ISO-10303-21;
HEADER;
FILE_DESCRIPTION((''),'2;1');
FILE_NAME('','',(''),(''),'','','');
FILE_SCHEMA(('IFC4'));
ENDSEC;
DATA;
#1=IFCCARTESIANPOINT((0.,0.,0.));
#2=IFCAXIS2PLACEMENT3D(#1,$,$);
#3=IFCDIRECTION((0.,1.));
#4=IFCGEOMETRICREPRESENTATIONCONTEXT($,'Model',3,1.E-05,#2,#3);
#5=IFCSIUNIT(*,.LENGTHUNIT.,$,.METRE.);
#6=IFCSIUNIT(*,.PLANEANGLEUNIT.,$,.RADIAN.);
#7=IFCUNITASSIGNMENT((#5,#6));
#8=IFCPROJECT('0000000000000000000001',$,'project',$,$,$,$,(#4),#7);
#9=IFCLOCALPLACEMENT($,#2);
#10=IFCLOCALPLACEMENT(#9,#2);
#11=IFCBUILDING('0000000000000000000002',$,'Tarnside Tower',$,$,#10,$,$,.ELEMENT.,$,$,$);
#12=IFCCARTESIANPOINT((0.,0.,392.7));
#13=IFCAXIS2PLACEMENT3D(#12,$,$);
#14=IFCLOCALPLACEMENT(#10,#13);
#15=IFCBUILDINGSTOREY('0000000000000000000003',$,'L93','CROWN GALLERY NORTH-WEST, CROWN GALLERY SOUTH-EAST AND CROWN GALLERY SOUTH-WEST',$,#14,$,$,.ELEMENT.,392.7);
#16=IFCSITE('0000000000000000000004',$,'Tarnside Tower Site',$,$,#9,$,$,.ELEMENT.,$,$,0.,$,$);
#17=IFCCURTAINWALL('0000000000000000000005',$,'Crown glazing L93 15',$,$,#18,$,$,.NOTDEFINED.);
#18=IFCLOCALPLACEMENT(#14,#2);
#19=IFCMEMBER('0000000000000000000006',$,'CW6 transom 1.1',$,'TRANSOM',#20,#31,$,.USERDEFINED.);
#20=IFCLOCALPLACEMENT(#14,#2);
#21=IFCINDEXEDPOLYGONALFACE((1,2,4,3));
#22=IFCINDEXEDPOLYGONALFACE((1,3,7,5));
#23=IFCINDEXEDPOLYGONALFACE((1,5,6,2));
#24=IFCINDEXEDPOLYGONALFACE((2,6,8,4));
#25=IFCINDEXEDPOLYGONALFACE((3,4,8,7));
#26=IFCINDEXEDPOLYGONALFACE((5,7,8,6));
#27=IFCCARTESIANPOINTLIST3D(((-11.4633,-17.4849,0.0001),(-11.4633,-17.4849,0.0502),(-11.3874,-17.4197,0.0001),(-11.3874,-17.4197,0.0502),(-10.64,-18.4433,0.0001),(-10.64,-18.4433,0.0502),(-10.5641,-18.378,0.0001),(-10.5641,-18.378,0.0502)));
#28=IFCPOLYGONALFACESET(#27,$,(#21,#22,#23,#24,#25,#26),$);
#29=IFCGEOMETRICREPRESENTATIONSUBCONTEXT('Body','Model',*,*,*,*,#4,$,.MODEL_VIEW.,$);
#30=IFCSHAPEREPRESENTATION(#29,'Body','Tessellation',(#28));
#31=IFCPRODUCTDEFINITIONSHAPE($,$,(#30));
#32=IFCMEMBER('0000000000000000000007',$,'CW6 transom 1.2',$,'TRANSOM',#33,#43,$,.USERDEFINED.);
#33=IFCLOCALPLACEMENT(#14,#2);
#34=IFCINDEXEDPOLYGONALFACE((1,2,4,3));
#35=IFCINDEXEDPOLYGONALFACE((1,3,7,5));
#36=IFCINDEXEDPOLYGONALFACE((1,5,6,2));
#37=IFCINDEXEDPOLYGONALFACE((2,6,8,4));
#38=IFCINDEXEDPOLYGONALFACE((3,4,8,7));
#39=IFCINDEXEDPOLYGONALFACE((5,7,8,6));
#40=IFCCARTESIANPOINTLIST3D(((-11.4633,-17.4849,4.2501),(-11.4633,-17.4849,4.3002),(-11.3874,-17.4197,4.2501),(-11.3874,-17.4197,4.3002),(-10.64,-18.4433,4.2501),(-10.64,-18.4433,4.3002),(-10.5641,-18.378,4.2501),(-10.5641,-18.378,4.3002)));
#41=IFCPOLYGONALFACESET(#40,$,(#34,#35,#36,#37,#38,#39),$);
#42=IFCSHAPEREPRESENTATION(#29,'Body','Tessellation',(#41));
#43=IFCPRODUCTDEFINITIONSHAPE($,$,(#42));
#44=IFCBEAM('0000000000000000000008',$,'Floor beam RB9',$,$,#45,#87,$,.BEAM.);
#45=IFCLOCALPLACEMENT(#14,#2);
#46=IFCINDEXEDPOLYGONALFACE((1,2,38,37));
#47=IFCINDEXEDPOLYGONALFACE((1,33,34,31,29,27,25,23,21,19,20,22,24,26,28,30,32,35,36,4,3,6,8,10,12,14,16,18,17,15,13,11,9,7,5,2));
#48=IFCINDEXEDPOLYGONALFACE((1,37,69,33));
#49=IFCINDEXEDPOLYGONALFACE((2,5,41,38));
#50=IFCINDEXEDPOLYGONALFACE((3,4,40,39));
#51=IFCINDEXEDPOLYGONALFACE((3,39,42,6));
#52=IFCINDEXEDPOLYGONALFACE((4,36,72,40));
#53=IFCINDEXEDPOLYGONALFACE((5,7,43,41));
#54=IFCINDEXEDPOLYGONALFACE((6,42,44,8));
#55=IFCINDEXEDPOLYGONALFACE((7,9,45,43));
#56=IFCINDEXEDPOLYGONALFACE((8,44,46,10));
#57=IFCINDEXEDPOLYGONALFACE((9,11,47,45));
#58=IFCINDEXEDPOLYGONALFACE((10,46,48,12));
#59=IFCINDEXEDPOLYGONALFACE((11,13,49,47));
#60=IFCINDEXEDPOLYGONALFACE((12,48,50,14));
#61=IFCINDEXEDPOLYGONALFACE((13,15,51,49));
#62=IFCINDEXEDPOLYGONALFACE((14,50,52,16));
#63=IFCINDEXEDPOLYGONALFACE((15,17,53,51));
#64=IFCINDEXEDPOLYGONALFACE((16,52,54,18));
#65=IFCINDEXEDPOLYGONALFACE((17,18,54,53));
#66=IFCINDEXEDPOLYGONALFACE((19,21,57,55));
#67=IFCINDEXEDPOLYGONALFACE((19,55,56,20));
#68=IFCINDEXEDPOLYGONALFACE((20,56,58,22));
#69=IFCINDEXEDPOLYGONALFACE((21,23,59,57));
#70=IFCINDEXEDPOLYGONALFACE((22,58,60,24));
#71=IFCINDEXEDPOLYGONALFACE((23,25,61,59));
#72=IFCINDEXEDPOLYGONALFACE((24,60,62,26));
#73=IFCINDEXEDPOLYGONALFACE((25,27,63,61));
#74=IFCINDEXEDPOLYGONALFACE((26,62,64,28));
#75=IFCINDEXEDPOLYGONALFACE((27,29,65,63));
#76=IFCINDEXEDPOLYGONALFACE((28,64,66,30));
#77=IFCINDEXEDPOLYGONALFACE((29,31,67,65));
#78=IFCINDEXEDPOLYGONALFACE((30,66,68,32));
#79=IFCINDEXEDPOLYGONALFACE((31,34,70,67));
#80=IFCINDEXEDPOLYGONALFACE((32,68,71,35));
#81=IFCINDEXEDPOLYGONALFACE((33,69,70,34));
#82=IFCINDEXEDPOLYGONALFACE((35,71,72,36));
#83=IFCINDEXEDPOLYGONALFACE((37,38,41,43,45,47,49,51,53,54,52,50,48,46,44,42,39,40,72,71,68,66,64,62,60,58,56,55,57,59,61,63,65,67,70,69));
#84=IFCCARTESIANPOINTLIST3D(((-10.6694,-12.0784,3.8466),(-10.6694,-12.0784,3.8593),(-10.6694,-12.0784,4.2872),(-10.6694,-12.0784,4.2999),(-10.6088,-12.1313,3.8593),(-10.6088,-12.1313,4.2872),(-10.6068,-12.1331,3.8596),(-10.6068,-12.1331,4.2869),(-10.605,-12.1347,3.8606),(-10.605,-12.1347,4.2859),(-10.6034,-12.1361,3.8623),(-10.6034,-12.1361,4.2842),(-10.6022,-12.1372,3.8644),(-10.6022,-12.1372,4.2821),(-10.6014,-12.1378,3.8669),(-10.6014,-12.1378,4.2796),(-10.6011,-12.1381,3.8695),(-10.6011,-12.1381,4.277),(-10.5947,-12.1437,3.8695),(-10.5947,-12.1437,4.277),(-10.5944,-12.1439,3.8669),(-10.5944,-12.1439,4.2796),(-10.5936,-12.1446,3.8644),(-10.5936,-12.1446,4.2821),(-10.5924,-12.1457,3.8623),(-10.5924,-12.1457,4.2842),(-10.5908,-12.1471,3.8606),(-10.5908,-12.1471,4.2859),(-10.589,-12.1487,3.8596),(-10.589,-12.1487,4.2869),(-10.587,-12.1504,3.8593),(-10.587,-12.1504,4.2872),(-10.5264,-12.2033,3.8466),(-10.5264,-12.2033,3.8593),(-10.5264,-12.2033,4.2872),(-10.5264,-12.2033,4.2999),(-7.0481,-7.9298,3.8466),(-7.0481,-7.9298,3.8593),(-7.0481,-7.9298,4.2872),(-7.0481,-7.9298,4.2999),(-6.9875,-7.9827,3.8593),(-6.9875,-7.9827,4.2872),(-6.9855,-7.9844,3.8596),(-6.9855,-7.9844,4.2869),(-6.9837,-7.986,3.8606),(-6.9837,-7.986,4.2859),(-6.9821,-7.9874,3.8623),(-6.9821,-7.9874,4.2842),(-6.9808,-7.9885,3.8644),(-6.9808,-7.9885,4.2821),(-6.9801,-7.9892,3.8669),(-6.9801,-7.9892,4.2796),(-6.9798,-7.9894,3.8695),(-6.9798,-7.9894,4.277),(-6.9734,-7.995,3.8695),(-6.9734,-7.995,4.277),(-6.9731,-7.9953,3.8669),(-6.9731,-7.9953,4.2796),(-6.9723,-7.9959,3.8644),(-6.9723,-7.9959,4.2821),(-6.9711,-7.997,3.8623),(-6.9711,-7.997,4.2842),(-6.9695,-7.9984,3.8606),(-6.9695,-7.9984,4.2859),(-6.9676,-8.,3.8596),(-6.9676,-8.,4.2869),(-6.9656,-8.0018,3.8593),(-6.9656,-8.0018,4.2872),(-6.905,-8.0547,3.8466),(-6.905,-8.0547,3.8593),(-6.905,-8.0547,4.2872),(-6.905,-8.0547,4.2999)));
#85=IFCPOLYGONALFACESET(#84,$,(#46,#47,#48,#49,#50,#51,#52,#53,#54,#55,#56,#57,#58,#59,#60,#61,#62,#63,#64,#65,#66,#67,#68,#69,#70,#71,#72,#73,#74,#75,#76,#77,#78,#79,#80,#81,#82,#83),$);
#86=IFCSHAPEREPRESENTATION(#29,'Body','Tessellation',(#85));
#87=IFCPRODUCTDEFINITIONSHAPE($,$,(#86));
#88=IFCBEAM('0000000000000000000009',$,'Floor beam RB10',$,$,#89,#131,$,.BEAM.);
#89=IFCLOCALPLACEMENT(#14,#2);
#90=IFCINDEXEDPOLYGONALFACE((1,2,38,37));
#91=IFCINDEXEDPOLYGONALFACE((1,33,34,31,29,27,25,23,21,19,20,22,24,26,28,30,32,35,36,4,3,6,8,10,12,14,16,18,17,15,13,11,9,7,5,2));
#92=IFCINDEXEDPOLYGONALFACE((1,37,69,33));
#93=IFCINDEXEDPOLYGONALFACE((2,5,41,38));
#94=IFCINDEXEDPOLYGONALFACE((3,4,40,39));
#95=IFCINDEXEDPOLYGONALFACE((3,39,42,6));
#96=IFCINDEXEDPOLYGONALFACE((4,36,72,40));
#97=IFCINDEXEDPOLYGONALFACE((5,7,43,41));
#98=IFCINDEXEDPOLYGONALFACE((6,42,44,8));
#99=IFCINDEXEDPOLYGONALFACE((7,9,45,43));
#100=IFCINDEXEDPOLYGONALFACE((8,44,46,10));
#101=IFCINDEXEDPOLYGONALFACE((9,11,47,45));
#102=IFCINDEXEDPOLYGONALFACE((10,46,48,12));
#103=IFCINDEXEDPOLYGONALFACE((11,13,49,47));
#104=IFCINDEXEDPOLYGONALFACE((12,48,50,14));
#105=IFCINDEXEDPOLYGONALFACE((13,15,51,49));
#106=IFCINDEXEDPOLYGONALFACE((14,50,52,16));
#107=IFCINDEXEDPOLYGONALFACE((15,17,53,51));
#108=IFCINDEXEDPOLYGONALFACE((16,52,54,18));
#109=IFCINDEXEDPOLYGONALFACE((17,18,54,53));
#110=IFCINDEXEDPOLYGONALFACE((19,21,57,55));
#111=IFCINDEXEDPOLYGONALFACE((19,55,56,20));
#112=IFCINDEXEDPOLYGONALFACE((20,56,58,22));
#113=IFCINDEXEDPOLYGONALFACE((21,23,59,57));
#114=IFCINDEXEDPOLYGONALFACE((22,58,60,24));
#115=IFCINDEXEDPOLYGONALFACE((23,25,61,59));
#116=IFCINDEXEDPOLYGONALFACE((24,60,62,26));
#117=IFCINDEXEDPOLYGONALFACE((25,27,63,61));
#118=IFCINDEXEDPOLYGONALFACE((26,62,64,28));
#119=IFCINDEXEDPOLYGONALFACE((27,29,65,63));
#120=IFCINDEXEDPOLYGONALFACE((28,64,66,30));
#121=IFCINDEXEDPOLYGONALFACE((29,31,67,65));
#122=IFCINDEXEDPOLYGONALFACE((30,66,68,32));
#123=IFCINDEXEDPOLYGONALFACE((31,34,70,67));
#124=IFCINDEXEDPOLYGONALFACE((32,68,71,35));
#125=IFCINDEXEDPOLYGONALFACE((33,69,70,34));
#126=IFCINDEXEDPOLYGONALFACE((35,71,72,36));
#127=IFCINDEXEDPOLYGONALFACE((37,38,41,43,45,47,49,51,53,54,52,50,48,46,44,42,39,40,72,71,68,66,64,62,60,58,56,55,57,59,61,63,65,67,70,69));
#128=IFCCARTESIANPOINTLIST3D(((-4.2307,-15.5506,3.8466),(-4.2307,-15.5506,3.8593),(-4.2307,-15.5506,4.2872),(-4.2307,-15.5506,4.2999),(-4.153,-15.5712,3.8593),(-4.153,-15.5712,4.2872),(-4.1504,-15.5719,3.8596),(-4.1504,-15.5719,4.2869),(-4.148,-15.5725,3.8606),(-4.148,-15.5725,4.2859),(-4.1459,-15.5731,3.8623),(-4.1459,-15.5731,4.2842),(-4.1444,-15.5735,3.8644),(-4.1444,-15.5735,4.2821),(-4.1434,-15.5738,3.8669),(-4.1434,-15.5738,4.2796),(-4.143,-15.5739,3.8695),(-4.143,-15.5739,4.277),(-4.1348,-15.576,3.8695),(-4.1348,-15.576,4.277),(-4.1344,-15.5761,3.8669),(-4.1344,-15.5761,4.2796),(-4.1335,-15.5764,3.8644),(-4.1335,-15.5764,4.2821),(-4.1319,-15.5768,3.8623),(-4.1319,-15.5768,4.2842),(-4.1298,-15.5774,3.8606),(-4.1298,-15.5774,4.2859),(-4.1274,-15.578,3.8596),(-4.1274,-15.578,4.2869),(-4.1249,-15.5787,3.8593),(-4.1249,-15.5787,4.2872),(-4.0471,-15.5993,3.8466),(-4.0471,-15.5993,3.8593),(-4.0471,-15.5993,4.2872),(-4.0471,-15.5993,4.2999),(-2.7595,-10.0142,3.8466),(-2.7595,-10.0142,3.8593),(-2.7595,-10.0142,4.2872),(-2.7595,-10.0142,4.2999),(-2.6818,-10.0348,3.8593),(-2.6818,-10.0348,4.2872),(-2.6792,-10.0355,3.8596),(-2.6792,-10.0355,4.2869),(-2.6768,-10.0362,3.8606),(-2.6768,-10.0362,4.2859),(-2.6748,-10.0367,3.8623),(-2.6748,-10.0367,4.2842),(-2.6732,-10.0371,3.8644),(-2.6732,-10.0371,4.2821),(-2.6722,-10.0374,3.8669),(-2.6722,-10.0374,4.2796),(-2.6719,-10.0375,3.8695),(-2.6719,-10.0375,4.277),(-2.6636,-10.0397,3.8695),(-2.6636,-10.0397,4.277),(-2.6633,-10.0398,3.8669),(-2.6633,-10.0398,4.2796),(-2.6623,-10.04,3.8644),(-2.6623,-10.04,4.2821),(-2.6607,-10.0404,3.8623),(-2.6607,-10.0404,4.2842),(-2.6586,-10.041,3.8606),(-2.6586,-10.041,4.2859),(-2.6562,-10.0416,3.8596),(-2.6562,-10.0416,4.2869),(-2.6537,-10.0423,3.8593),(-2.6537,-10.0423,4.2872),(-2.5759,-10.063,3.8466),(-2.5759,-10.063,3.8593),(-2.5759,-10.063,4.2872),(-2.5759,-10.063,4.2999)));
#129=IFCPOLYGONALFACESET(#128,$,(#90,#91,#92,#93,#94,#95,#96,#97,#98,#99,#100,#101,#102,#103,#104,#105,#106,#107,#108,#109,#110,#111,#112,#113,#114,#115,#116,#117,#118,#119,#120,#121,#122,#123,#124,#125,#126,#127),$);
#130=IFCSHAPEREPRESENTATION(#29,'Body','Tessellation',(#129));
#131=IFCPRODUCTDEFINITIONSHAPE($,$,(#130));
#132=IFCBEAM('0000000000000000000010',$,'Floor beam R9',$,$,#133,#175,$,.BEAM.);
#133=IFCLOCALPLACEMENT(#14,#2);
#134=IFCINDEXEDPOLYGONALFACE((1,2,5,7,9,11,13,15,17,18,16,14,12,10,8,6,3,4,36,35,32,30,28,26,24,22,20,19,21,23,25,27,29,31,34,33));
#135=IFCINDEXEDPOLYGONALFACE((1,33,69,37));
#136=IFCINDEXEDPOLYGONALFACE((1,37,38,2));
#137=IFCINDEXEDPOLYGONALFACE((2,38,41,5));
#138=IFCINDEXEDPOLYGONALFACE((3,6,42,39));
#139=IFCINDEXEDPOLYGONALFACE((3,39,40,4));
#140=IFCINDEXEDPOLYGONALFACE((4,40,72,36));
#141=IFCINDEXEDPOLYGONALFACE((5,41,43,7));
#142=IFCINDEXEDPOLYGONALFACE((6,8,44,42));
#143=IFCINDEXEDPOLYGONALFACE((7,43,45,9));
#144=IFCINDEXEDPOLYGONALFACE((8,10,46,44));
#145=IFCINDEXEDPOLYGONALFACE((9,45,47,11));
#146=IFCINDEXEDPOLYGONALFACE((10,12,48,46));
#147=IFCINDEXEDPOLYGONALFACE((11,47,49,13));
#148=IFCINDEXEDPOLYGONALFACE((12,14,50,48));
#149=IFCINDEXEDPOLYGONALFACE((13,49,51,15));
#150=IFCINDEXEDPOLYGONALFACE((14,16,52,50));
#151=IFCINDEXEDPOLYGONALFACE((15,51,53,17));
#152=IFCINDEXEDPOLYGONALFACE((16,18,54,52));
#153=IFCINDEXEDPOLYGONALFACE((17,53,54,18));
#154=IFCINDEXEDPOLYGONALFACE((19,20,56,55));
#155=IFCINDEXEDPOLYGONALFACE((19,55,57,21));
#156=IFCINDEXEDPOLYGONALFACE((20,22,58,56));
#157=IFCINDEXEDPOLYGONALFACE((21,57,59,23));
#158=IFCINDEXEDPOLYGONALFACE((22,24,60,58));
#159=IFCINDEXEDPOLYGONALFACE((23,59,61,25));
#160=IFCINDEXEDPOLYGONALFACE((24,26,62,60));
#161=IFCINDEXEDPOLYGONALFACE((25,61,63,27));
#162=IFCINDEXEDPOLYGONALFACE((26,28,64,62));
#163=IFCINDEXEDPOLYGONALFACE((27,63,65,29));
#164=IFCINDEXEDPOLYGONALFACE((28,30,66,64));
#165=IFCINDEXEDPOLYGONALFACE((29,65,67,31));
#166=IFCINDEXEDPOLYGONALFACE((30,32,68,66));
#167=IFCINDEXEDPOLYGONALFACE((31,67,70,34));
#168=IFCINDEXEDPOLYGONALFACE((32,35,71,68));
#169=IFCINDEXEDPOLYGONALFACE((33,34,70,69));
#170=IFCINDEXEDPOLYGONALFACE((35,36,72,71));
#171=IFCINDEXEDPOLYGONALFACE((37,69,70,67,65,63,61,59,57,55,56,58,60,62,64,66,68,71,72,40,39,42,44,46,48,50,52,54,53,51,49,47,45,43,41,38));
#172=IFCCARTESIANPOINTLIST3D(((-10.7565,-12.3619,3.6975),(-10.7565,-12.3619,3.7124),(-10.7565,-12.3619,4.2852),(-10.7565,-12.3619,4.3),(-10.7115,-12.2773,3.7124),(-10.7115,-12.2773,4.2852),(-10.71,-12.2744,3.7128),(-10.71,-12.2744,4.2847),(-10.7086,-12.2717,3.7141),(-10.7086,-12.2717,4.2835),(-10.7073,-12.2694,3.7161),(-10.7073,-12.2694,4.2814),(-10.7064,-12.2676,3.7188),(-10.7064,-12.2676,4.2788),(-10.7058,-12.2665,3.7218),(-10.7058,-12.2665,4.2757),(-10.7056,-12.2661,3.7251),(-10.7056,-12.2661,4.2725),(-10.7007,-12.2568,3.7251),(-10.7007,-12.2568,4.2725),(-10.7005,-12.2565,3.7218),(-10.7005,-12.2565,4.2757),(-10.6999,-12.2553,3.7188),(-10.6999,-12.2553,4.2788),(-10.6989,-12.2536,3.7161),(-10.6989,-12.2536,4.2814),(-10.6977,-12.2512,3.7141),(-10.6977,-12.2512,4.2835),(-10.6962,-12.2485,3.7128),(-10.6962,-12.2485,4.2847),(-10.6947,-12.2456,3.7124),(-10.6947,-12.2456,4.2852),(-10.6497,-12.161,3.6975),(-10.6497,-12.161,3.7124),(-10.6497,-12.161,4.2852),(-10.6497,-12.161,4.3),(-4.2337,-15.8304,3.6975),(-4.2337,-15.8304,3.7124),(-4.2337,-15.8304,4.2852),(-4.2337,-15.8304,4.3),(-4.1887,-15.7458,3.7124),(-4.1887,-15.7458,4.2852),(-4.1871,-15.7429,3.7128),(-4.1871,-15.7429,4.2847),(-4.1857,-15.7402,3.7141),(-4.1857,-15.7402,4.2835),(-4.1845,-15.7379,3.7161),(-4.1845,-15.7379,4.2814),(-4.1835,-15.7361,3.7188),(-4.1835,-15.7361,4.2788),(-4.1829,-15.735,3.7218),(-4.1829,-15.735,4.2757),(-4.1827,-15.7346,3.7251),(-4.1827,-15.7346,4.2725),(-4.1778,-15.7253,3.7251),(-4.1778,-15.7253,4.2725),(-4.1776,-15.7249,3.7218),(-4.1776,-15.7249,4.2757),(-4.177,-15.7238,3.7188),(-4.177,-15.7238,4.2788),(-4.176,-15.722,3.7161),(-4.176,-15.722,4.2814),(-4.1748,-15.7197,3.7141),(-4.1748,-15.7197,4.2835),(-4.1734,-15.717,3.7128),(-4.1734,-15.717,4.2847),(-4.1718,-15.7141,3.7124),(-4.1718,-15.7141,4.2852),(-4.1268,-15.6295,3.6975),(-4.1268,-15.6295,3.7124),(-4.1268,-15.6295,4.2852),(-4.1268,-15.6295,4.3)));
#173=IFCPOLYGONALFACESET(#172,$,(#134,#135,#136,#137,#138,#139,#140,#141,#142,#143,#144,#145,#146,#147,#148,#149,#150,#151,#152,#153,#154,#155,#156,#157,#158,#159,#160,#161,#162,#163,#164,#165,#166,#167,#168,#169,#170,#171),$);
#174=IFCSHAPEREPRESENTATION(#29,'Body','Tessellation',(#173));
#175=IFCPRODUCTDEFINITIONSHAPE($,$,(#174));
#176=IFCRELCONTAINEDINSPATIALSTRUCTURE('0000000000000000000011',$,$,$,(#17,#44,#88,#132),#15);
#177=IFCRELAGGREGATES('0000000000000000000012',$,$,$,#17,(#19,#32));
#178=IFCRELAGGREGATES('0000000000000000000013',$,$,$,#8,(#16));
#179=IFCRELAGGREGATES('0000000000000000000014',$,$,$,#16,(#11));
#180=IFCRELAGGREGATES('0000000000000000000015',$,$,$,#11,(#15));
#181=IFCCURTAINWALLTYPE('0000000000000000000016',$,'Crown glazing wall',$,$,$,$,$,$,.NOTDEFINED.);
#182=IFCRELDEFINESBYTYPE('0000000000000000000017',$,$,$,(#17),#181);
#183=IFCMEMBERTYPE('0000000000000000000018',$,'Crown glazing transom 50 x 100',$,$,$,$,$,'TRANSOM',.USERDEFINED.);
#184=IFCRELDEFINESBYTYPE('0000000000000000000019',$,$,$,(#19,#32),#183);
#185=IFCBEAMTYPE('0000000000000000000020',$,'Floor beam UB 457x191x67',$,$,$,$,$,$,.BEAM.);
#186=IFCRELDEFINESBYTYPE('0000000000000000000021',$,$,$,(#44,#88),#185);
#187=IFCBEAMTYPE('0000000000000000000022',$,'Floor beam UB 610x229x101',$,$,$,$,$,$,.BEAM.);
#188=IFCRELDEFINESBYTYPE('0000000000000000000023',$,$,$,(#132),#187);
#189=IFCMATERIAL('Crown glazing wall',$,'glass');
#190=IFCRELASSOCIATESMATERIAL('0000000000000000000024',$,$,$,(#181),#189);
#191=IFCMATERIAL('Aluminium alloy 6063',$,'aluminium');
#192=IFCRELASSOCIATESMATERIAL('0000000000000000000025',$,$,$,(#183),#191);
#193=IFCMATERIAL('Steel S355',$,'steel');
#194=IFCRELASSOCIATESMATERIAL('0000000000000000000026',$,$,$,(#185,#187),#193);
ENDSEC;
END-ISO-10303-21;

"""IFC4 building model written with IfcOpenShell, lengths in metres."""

from ifc_helpers import new_model, si_unit, direction, frame, origin, origin_2d, place, context, subcontext, project, spatial, rectangle, i_section, extrude, material, material_profile, profile_set, type_object, element, aggregate, save


model = new_model("IFC4")

# Units and contexts
model_context = context("Model", 3, precision=1e-05, world=origin(), true_north=direction((0.0, 1.0)))
body_context = subcontext(model_context, "Body", "Model", "MODEL_VIEW")
ifc_project = project(units=[si_unit("LENGTHUNIT", "METRE"), si_unit("PLANEANGLEUNIT", "RADIAN")], contexts=[model_context])

# Site, building, storey
site_placement = place(None, origin())
site = spatial("IfcSite", under=ifc_project, at=site_placement, Name="Tarnside Tower Site", CompositionType="ELEMENT", RefElevation=0.0)
building_placement = place(site_placement, origin())
building = spatial("IfcBuilding", under=site, at=building_placement, Name="Tarnside Tower", CompositionType="ELEMENT")
storey_placement = place(building_placement, frame((0.0, 0.0, 392.7)))
storey = spatial("IfcBuildingStorey", under=building, at=storey_placement, Name="L93", Description="CROWN GALLERY NORTH-WEST, CROWN GALLERY SOUTH-EAST AND CROWN GALLERY SOUTH-WEST", CompositionType="ELEMENT", Elevation=392.7)

# Curtain wall, members
ifc_material_1 = material(Name="Crown glazing wall", Category="glass")
curtain_wall_type = type_object("IfcCurtainWallType", Name="Crown glazing wall", PredefinedType="NOTDEFINED", material=ifc_material_1)
curtain_wall_placement = place(storey_placement, origin())
curtain_wall = element("IfcCurtainWall", 1, at=curtain_wall_placement, inside=storey, type_object=curtain_wall_type, Name="Crown glazing L93 15", PredefinedType="NOTDEFINED")
ifc_material_2 = material(Name="Aluminium alloy 6063", Category="aluminium")
ifc_material_profile_1 = material_profile(ifc_material_2, rectangle(XDim=0.1001, YDim=0.05, at=origin_2d()), Name="Crown glazing transom 50 x 100")
ifc_profile_set_1 = profile_set([ifc_material_profile_1], Name="Aluminium alloy 6063")
member_type = type_object("IfcMemberType", Name="Crown glazing transom 50 x 100", ElementType="TRANSOM", PredefinedType="USERDEFINED", material=ifc_profile_set_1)
member_1_placement = place(storey_placement, frame((-10.6021, -18.4106, 0.0251), z_axis=(-0.65165, 0.758519, 0.0), x_axis=(-0.758519, -0.65165, 0.0)))
member_1 = element("IfcMember", 2, at=member_1_placement, type_object=member_type, Name="CW6 transom 1.1", ObjectType="TRANSOM", PredefinedType="USERDEFINED", context=body_context, shape_type="SweptSolid", body=[
    extrude(rectangle(XDim=0.1001, YDim=0.05, at=origin_2d()), origin(), (0.0, 0.0, 1.0), 1.2634),
])
member_2_placement = place(storey_placement, frame((-10.6021, -18.4106, 4.2751), z_axis=(-0.65165, 0.758519, 0.0), x_axis=(-0.758519, -0.65165, 0.0)))
member_2 = element("IfcMember", 3, at=member_2_placement, type_object=member_type, Name="CW6 transom 1.2", ObjectType="TRANSOM", PredefinedType="USERDEFINED", context=body_context, shape_type="SweptSolid", body=[
    extrude(rectangle(XDim=0.1001, YDim=0.05, at=origin_2d()), origin(), (0.0, 0.0, 1.0), 1.2634),
])

# Beams
ifc_material_3 = material(Name="Steel S355", Category="steel")
ifc_material_profile_2 = material_profile(ifc_material_3, i_section(OverallWidth=0.1899, OverallDepth=0.4534, WebThickness=0.0085, FlangeThickness=0.0127, FilletRadius=0.0103, at=origin_2d()), Name="UB 457x191x67")
ifc_profile_set_2 = profile_set([ifc_material_profile_2], Name="Steel S355")
beam_type_1 = type_object("IfcBeamType", Name="Floor beam UB 457x191x67", PredefinedType="BEAM", material=ifc_profile_set_2)
beam_1_placement = place(storey_placement, frame((-10.5979, -12.1409, 4.0732), z_axis=(0.657603, 0.753364, 0.0), x_axis=(-0.753364, 0.657603, 0.0)))
element("IfcBeam", 4, at=beam_1_placement, inside=storey, type_object=beam_type_1, Name="Floor beam RB9", PredefinedType="BEAM", context=body_context, shape_type="SweptSolid", body=[
    extrude(i_section(OverallWidth=0.1899, OverallDepth=0.4534, WebThickness=0.0085, FlangeThickness=0.0127, FilletRadius=0.0103, at=origin_2d()), origin(), (0.0, 0.0, 1.0), 5.5068),
])
beam_2_placement = place(storey_placement, frame((-4.1389, -15.575, 4.0732), z_axis=(0.256819, 0.96646, 0.0), x_axis=(-0.96646, 0.256819, 0.0)))
element("IfcBeam", 5, at=beam_2_placement, inside=storey, type_object=beam_type_1, Name="Floor beam RB10", PredefinedType="BEAM", context=body_context, shape_type="SweptSolid", body=[
    extrude(i_section(OverallWidth=0.1899, OverallDepth=0.4534, WebThickness=0.0085, FlangeThickness=0.0127, FilletRadius=0.0103, at=origin_2d()), origin(), (0.0, 0.0, 1.0), 5.7285),
])
ifc_material_profile_3 = material_profile(ifc_material_3, i_section(OverallWidth=0.2275, OverallDepth=0.6025, WebThickness=0.0105, FlangeThickness=0.0149, FilletRadius=0.0127, at=origin_2d()), Name="UB 610x229x101")
ifc_profile_set_3 = profile_set([ifc_material_profile_3], Name="Steel S355")
beam_type_2 = type_object("IfcBeamType", Name="Floor beam UB 610x229x101", PredefinedType="BEAM", material=ifc_profile_set_3)
beam_3_placement = place(storey_placement, frame((-10.7031, -12.2615, 3.9988), z_axis=(0.882937, -0.469492, 0.0), x_axis=(0.469492, 0.882937, 0.0)))
element("IfcBeam", 6, at=beam_3_placement, inside=storey, type_object=beam_type_2, Name="Floor beam R9", PredefinedType="BEAM", context=body_context, shape_type="SweptSolid", body=[
    extrude(i_section(OverallWidth=0.2275, OverallDepth=0.6025, WebThickness=0.0105, FlangeThickness=0.0149, FilletRadius=0.0127, at=origin_2d()), origin(), (0.0, 0.0, 1.0), 7.3877),
])

aggregate(curtain_wall, [member_1, member_2])

save(model, "model.ifc")
